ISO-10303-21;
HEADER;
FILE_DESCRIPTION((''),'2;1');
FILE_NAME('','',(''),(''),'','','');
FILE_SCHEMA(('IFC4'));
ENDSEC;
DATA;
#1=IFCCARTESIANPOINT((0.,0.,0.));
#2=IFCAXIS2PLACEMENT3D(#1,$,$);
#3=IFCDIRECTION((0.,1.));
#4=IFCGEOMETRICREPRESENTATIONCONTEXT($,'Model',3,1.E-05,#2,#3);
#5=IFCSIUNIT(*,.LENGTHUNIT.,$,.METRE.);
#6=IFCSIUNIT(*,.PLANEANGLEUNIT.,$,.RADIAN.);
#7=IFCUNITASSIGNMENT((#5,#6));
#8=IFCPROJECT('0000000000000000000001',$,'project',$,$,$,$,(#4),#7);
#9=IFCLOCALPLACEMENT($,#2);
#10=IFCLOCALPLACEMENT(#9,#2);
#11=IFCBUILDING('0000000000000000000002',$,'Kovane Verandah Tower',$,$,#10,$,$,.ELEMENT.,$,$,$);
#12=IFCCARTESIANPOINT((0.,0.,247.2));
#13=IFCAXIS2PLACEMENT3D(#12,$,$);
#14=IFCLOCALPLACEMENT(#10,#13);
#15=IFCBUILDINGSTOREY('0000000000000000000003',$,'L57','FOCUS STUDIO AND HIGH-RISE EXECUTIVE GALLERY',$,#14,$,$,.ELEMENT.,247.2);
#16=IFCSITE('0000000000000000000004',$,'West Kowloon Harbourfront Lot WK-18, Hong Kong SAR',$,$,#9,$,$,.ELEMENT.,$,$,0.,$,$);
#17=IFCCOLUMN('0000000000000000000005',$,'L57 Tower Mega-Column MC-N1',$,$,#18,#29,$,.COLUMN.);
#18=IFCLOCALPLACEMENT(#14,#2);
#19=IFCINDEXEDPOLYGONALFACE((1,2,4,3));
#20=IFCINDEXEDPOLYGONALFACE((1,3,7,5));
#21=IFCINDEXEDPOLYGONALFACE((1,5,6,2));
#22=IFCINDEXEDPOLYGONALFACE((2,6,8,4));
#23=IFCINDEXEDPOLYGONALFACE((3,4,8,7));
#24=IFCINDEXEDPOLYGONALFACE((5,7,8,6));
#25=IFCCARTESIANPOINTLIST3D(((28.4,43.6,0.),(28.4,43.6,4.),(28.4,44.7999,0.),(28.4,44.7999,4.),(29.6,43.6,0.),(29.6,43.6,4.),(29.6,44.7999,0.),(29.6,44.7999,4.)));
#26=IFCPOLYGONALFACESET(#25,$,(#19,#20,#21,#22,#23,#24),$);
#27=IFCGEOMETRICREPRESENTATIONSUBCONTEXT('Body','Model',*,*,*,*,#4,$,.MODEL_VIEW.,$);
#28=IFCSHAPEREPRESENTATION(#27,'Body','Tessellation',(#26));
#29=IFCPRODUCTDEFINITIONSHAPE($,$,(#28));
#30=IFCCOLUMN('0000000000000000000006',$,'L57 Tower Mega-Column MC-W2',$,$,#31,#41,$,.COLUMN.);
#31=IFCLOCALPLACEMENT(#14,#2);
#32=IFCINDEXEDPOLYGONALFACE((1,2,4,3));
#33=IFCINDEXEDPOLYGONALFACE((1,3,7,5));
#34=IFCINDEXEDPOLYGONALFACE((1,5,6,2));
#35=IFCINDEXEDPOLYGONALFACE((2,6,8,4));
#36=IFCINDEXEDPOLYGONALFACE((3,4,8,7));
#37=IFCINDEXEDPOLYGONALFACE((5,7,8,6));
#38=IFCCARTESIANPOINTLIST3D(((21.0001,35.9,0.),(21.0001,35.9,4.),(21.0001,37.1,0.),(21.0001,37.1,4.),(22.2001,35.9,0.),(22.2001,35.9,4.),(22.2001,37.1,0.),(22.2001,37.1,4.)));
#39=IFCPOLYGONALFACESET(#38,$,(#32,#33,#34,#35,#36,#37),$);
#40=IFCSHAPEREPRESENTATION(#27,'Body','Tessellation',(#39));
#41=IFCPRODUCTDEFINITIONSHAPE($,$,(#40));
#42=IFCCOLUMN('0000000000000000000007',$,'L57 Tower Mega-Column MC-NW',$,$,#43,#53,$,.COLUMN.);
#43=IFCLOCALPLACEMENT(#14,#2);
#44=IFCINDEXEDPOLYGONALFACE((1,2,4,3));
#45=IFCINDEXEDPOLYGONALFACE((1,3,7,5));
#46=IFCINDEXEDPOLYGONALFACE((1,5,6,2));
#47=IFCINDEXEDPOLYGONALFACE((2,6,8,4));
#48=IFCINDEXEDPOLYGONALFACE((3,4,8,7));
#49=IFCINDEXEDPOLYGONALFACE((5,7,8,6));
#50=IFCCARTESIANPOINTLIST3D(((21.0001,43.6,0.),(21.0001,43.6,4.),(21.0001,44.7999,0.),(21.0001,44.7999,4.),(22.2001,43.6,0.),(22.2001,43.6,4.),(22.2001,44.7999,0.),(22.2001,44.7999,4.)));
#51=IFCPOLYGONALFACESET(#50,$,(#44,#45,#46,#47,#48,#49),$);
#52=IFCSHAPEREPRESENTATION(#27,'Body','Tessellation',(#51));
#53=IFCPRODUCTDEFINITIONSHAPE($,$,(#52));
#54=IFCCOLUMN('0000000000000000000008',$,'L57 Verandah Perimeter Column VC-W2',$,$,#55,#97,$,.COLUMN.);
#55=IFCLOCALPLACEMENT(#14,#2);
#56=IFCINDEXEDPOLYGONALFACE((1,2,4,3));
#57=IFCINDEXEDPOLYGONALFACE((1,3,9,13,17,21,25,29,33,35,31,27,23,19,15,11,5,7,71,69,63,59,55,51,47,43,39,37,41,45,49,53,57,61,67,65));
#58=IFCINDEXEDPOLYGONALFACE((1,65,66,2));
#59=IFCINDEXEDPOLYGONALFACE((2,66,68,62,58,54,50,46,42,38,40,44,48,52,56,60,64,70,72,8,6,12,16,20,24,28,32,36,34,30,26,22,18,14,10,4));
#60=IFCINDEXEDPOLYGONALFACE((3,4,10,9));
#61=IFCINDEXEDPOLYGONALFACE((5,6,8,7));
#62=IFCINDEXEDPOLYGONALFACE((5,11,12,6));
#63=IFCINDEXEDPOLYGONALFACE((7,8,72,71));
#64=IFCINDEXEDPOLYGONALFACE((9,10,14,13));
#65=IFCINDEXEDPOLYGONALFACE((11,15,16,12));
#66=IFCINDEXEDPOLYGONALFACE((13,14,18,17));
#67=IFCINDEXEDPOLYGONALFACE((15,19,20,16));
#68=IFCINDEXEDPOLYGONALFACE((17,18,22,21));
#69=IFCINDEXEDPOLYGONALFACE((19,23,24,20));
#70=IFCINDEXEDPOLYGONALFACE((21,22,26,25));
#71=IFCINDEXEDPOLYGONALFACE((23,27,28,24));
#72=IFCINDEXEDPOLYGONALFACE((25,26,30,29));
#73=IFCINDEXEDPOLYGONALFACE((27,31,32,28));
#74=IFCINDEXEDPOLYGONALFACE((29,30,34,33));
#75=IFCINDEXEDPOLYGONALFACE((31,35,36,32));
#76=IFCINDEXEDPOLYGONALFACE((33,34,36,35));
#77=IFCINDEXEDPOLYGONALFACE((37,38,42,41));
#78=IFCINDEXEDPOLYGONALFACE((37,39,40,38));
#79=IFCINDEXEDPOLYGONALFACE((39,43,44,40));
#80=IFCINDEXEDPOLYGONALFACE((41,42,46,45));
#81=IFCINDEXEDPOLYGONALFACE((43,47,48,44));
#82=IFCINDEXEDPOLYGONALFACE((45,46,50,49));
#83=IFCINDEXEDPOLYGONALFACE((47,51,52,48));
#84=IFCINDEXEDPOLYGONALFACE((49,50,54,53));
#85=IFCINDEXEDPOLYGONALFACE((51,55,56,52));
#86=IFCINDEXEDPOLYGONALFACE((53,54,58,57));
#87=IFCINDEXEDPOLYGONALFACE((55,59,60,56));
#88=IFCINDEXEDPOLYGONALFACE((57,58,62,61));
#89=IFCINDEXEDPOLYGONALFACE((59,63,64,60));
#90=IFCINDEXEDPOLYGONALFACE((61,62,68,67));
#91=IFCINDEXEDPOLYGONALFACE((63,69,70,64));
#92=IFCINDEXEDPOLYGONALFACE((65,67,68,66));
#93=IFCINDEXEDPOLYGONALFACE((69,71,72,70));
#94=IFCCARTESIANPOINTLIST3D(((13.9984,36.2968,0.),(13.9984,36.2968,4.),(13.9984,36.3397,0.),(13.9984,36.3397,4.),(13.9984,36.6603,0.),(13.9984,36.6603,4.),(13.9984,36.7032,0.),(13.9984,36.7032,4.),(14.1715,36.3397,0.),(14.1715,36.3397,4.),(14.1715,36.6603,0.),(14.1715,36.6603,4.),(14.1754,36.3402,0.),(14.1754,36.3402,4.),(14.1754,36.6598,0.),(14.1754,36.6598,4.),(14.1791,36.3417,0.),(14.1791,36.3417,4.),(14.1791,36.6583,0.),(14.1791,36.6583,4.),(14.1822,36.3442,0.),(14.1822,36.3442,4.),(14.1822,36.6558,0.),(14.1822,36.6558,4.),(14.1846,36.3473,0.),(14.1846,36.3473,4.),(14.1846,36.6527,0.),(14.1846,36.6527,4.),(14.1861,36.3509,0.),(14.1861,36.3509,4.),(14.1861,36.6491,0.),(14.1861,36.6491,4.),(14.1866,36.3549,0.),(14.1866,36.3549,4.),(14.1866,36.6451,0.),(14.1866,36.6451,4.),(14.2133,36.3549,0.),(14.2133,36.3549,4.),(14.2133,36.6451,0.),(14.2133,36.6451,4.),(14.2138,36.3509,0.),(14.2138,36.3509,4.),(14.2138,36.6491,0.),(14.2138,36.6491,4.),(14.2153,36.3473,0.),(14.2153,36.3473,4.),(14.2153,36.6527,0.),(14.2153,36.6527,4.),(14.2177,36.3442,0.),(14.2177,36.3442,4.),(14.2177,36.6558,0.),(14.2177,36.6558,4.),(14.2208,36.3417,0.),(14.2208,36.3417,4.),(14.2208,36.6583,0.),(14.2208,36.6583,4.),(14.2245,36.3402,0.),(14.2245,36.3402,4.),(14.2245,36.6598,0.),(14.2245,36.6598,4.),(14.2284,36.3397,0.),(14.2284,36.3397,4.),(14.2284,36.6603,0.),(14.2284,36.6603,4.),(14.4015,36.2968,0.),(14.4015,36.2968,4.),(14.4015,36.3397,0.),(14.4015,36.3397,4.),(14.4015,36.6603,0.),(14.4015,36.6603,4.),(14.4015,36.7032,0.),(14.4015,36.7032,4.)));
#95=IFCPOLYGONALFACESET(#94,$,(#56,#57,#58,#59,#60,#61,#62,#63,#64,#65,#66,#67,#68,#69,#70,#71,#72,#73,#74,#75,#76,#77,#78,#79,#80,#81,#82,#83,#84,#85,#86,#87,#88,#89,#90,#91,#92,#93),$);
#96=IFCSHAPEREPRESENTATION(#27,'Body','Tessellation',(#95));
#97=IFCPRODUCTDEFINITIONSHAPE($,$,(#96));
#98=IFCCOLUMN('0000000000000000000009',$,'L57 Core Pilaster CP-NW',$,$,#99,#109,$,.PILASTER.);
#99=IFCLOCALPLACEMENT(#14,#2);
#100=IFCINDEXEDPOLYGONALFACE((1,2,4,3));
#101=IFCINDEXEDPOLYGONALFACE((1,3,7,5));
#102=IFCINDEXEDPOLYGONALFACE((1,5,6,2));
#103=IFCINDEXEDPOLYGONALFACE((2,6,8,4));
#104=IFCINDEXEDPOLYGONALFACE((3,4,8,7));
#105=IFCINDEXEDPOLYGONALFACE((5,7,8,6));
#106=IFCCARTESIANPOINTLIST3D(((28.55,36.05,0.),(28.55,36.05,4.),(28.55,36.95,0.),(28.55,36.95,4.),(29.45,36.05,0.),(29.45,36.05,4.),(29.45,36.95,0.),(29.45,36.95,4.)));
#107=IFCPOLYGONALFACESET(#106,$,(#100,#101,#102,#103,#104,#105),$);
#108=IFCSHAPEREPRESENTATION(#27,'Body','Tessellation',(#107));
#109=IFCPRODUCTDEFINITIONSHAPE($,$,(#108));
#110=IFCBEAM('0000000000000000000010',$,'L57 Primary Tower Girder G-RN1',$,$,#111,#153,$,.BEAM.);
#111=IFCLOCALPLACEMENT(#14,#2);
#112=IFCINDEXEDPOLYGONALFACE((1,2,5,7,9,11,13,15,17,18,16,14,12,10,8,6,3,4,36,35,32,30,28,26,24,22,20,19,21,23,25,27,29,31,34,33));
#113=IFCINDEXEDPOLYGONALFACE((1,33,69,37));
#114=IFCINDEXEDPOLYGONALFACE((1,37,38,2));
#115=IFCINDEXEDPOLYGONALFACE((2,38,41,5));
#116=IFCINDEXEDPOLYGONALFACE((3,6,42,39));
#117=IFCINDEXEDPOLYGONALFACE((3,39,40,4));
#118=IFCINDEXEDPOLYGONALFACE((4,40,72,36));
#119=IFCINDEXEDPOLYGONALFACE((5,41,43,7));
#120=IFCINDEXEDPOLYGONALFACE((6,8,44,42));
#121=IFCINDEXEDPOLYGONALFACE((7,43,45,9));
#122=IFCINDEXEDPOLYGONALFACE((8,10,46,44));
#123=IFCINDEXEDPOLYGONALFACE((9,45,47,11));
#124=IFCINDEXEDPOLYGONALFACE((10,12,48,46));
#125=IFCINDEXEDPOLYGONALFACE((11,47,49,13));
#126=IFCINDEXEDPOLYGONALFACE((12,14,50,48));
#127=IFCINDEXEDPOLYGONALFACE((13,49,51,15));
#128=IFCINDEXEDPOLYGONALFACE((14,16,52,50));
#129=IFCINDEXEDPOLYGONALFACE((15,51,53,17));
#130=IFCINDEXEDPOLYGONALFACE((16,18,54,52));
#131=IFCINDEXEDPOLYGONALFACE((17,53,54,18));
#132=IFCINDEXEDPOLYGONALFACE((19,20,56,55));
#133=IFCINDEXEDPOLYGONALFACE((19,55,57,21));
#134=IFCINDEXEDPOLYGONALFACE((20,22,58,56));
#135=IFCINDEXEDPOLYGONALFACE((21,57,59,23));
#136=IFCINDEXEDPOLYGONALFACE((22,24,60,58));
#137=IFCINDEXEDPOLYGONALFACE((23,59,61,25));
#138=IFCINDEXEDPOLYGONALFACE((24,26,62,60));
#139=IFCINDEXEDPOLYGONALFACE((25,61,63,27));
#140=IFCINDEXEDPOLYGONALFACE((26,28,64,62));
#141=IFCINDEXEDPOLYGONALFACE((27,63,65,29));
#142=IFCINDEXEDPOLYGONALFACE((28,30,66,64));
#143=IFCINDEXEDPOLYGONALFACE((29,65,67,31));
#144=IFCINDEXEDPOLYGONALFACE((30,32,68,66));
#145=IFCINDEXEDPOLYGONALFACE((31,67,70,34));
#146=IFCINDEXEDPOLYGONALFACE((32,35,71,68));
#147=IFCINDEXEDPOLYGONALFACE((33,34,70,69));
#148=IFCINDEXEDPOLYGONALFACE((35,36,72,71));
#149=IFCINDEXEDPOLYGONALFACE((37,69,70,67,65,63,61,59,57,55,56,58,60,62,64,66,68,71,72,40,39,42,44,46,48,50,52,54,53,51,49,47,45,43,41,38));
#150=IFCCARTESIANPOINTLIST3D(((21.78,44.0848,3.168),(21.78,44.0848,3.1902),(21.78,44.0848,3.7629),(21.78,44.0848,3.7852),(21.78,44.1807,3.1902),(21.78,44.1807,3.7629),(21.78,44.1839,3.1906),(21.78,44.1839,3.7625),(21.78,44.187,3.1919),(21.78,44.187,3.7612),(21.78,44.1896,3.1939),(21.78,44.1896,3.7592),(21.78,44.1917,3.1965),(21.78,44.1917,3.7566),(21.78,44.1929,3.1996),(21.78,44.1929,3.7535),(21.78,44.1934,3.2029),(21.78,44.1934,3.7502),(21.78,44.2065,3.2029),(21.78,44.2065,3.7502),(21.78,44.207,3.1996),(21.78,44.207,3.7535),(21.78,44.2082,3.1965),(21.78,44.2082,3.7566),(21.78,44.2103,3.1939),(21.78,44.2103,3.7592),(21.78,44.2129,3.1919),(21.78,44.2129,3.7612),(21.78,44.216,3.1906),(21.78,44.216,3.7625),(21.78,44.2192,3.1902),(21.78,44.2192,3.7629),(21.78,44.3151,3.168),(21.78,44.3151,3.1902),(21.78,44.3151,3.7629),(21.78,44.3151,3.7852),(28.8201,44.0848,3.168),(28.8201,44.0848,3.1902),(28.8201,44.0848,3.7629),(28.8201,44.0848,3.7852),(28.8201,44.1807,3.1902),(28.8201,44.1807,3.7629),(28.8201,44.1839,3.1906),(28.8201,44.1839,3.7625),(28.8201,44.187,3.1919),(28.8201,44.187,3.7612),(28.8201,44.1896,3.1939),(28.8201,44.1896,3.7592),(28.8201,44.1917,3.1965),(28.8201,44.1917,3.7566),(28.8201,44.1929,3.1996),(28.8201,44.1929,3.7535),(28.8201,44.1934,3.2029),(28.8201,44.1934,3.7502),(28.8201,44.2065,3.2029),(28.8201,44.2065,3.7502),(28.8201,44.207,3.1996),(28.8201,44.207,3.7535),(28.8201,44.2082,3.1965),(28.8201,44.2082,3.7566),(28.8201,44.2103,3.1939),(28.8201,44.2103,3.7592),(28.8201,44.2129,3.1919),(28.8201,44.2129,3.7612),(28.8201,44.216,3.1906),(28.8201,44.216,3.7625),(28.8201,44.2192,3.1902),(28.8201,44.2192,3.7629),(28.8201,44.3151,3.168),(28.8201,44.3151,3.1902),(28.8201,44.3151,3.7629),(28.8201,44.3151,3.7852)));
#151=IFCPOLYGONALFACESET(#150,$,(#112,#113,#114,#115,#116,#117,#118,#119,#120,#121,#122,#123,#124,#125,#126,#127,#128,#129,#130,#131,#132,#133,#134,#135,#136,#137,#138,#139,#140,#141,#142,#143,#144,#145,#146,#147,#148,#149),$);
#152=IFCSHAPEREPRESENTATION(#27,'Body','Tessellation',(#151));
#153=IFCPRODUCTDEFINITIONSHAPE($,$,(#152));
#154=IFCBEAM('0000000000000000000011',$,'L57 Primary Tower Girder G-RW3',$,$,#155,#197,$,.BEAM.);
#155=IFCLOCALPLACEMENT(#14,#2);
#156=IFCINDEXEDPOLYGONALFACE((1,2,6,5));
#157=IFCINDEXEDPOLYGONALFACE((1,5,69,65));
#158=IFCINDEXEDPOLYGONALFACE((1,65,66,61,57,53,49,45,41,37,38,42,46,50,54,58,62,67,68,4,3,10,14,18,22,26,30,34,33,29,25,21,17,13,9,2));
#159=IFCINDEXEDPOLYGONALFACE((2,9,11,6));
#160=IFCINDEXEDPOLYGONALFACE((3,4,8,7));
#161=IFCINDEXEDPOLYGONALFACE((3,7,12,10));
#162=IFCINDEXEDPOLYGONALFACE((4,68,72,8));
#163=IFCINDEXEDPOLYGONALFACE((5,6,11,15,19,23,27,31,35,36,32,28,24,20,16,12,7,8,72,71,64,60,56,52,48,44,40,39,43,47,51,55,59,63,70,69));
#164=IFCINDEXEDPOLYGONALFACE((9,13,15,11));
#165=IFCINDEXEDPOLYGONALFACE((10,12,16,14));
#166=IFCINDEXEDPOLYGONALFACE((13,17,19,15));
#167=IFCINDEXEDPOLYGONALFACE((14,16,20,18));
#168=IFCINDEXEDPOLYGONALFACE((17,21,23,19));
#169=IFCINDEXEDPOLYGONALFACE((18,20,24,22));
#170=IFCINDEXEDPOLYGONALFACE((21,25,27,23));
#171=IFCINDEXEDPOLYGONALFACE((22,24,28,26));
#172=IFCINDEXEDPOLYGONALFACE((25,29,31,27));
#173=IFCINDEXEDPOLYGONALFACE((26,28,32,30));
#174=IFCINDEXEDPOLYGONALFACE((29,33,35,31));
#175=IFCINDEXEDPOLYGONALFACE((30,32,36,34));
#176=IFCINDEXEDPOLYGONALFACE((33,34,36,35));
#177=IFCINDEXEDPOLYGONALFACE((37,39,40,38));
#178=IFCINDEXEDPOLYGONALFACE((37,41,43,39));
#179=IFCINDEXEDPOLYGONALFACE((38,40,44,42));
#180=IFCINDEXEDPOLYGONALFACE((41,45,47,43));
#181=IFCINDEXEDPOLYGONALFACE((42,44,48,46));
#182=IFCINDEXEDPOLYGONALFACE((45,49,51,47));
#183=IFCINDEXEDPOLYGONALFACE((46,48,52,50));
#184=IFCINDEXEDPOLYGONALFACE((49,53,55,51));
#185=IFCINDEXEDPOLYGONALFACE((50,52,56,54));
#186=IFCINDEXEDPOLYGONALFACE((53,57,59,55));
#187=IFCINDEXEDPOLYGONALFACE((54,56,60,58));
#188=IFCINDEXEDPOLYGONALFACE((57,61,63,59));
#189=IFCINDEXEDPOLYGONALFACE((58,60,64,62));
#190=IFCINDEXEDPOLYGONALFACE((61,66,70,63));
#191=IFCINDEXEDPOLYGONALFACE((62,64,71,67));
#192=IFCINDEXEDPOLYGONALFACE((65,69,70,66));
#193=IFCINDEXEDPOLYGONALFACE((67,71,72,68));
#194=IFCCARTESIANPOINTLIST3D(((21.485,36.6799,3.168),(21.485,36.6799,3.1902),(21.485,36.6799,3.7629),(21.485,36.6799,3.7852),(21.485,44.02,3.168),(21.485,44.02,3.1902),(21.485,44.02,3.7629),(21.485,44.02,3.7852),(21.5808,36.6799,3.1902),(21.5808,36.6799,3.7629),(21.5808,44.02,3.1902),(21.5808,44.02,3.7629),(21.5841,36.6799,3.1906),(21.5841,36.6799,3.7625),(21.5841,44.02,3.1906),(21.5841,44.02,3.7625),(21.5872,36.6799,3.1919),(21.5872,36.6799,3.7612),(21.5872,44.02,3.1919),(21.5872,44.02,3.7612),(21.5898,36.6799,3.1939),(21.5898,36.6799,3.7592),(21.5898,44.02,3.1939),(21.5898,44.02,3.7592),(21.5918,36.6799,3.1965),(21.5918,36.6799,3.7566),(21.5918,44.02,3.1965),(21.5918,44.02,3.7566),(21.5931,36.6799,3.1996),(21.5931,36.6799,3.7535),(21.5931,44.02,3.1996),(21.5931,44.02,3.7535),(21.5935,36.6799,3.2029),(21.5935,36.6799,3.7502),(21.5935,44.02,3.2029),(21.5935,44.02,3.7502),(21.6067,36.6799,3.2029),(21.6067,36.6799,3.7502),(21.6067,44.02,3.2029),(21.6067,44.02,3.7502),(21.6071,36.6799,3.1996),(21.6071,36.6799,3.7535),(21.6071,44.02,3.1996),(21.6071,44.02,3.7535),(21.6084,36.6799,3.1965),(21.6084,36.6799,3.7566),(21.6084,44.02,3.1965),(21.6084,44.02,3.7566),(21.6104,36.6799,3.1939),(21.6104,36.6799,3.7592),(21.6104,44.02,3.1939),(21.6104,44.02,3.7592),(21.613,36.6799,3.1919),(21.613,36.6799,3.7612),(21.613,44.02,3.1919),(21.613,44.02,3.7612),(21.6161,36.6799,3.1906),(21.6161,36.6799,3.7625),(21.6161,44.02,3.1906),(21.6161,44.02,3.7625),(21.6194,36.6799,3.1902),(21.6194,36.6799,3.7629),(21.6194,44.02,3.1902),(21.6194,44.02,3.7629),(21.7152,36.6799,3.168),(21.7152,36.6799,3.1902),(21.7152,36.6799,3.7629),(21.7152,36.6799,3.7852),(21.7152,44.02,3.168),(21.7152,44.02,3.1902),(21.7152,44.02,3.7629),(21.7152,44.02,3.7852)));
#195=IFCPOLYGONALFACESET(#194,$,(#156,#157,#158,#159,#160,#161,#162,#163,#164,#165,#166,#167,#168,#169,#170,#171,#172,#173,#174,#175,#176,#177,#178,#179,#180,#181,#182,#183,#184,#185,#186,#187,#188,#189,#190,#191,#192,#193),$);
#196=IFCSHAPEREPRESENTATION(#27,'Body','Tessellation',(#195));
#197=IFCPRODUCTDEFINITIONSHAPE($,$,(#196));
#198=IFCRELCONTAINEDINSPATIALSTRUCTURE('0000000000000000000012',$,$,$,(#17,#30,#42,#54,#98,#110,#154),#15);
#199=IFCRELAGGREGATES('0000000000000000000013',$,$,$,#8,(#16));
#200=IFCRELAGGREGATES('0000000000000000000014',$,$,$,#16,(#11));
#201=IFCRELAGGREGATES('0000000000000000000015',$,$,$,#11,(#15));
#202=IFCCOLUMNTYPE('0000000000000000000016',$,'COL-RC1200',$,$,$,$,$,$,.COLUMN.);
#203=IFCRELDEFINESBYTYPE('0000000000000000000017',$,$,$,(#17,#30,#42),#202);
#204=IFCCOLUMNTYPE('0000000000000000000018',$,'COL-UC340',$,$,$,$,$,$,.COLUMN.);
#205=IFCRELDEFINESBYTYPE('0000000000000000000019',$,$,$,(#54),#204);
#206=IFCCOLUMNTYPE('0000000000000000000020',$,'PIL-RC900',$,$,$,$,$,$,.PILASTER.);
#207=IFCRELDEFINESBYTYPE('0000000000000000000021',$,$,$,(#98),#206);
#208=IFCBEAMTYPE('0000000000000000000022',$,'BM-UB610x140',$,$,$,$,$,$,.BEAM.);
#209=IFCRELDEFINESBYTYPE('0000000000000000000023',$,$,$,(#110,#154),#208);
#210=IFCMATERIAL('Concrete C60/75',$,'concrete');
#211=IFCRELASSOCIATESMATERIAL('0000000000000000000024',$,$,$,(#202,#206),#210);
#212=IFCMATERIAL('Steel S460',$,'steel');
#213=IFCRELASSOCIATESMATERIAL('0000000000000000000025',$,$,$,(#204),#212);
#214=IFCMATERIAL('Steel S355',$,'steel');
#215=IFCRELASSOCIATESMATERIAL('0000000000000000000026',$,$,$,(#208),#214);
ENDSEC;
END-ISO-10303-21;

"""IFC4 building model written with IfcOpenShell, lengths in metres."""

from ifc_helpers import new_model, si_unit, direction, frame, origin, origin_2d, place, context, subcontext, project, spatial, rectangle, i_section, extrude, material, material_profile, profile_set, type_object, element, save


model = new_model("IFC4")

# Units and contexts
model_context = context("Model", 3, precision=1e-05, world=origin(), true_north=direction((0.0, 1.0)))
body_context = subcontext(model_context, "Body", "Model", "MODEL_VIEW")
ifc_project = project(units=[si_unit("LENGTHUNIT", "METRE"), si_unit("PLANEANGLEUNIT", "RADIAN")], contexts=[model_context])

# Site, building, storey
site_placement = place(None, origin())
site = spatial("IfcSite", under=ifc_project, at=site_placement, Name="West Kowloon Harbourfront Lot WK-18, Hong Kong SAR", CompositionType="ELEMENT", RefElevation=0.0)
building_placement = place(site_placement, origin())
building = spatial("IfcBuilding", under=site, at=building_placement, Name="Kovane Verandah Tower", CompositionType="ELEMENT")
storey_placement = place(building_placement, frame((0.0, 0.0, 247.2)))
storey = spatial("IfcBuildingStorey", under=building, at=storey_placement, Name="L57", Description="FOCUS STUDIO AND HIGH-RISE EXECUTIVE GALLERY", CompositionType="ELEMENT", Elevation=247.2)

# Columns
ifc_material_1 = material(Name="Concrete C60/75", Category="concrete")
ifc_material_profile_1 = material_profile(ifc_material_1, rectangle(XDim=1.2, YDim=1.2, at=origin_2d()), Name="RC1200x1200")
ifc_profile_set_1 = profile_set([ifc_material_profile_1], Name="Concrete C60/75")
column_type_1 = type_object("IfcColumnType", Name="COL-RC1200", PredefinedType="COLUMN", material=ifc_profile_set_1)
for number, where, z_axis, x_axis, name in (
    (1, (29.0, 44.2, 0.0), (0.0, 0.0, 1.0), (1.0, 0.0, 0.0), "L57 Tower Mega-Column MC-N1"),
    (2, (21.6001, 36.5, 0.0), (0.0, 0.0, 1.0), (1.0, 0.0, 0.0), "L57 Tower Mega-Column MC-W2"),
    (3, (21.6001, 44.2, 0.0), (0.0, 0.0, 1.0), (1.0, 0.0, 0.0), "L57 Tower Mega-Column MC-NW"),
):
    element("IfcColumn", number, at=place(storey_placement, frame(where, z_axis=z_axis, x_axis=x_axis)), inside=storey, type_object=column_type_1, Name=name, PredefinedType="COLUMN", context=body_context, shape_type="SweptSolid", body=[
        extrude(rectangle(XDim=1.2, YDim=1.2, at=origin_2d()), origin(), (0.0, 0.0, 1.0), 4.0),
    ])
ifc_material_2 = material(Name="Steel S460", Category="steel")
ifc_material_profile_2 = material_profile(ifc_material_2, i_section(OverallWidth=0.4031, OverallDepth=0.4065, WebThickness=0.0266, FlangeThickness=0.043, FilletRadius=0.0151, at=origin_2d()), Name="UC356x406x340")
ifc_profile_set_2 = profile_set([ifc_material_profile_2], Name="Steel S460")
column_type_2 = type_object("IfcColumnType", Name="COL-UC340", PredefinedType="COLUMN", material=ifc_profile_set_2)
column_1_placement = place(storey_placement, frame((14.2, 36.5, 0.0), z_axis=(0.0, 0.0, 1.0), x_axis=(1.0, 0.0, 0.0)))
element("IfcColumn", 4, at=column_1_placement, inside=storey, type_object=column_type_2, Name="L57 Verandah Perimeter Column VC-W2", PredefinedType="COLUMN", context=body_context, shape_type="SweptSolid", body=[
    extrude(i_section(OverallWidth=0.4031, OverallDepth=0.4065, WebThickness=0.0266, FlangeThickness=0.043, FilletRadius=0.0151, at=origin_2d()), origin(), (0.0, 0.0, 1.0), 4.0),
])
ifc_material_profile_3 = material_profile(ifc_material_1, rectangle(XDim=0.8999, YDim=0.8999, at=origin_2d()), Name="RC900x900")
ifc_profile_set_3 = profile_set([ifc_material_profile_3], Name="Concrete C60/75")
column_type_3 = type_object("IfcColumnType", Name="PIL-RC900", PredefinedType="PILASTER", material=ifc_profile_set_3)
column_2_placement = place(storey_placement, frame((29.0, 36.5, 0.0), z_axis=(0.0, 0.0, 1.0), x_axis=(1.0, 0.0, 0.0)))
element("IfcColumn", 5, at=column_2_placement, inside=storey, type_object=column_type_3, Name="L57 Core Pilaster CP-NW", PredefinedType="PILASTER", context=body_context, shape_type="SweptSolid", body=[
    extrude(rectangle(XDim=0.8999, YDim=0.8999, at=origin_2d()), origin(), (0.0, 0.0, 1.0), 4.0),
])

# Beams
ifc_material_3 = material(Name="Steel S355", Category="steel")
ifc_material_profile_4 = material_profile(ifc_material_3, i_section(OverallWidth=0.2302, OverallDepth=0.6172, WebThickness=0.0132, FlangeThickness=0.0222, FilletRadius=0.0127, at=origin_2d()), Name="UB610x229x140")
ifc_profile_set_4 = profile_set([ifc_material_profile_4], Name="Steel S355")
beam_type_1 = type_object("IfcBeamType", Name="BM-UB610x140", PredefinedType="BEAM", material=ifc_profile_set_4)
beam_1_placement = place(storey_placement, frame((21.78, 44.2, 3.4766), z_axis=(1.0, 0.0, 0.0), x_axis=(0.0, 1.0, 0.0)))
element("IfcBeam", 6, at=beam_1_placement, inside=storey, type_object=beam_type_1, Name="L57 Primary Tower Girder G-RN1", PredefinedType="BEAM", context=body_context, shape_type="SweptSolid", body=[
    extrude(i_section(OverallWidth=0.2302, OverallDepth=0.6172, WebThickness=0.0132, FlangeThickness=0.0222, FilletRadius=0.0127, at=origin_2d()), origin(), (0.0, 0.0, 1.0), 7.04),
])
beam_2_placement = place(storey_placement, frame((21.6001, 36.6799, 3.4766), z_axis=(0.0, 1.0, 0.0), x_axis=(-1.0, 0.0, 0.0)))
element("IfcBeam", 7, at=beam_2_placement, inside=storey, type_object=beam_type_1, Name="L57 Primary Tower Girder G-RW3", PredefinedType="BEAM", context=body_context, shape_type="SweptSolid", body=[
    extrude(i_section(OverallWidth=0.2302, OverallDepth=0.6172, WebThickness=0.0132, FlangeThickness=0.0222, FilletRadius=0.0127, at=origin_2d()), origin(), (0.0, 0.0, 1.0), 7.3401),
])

save(model, "model.ifc")
